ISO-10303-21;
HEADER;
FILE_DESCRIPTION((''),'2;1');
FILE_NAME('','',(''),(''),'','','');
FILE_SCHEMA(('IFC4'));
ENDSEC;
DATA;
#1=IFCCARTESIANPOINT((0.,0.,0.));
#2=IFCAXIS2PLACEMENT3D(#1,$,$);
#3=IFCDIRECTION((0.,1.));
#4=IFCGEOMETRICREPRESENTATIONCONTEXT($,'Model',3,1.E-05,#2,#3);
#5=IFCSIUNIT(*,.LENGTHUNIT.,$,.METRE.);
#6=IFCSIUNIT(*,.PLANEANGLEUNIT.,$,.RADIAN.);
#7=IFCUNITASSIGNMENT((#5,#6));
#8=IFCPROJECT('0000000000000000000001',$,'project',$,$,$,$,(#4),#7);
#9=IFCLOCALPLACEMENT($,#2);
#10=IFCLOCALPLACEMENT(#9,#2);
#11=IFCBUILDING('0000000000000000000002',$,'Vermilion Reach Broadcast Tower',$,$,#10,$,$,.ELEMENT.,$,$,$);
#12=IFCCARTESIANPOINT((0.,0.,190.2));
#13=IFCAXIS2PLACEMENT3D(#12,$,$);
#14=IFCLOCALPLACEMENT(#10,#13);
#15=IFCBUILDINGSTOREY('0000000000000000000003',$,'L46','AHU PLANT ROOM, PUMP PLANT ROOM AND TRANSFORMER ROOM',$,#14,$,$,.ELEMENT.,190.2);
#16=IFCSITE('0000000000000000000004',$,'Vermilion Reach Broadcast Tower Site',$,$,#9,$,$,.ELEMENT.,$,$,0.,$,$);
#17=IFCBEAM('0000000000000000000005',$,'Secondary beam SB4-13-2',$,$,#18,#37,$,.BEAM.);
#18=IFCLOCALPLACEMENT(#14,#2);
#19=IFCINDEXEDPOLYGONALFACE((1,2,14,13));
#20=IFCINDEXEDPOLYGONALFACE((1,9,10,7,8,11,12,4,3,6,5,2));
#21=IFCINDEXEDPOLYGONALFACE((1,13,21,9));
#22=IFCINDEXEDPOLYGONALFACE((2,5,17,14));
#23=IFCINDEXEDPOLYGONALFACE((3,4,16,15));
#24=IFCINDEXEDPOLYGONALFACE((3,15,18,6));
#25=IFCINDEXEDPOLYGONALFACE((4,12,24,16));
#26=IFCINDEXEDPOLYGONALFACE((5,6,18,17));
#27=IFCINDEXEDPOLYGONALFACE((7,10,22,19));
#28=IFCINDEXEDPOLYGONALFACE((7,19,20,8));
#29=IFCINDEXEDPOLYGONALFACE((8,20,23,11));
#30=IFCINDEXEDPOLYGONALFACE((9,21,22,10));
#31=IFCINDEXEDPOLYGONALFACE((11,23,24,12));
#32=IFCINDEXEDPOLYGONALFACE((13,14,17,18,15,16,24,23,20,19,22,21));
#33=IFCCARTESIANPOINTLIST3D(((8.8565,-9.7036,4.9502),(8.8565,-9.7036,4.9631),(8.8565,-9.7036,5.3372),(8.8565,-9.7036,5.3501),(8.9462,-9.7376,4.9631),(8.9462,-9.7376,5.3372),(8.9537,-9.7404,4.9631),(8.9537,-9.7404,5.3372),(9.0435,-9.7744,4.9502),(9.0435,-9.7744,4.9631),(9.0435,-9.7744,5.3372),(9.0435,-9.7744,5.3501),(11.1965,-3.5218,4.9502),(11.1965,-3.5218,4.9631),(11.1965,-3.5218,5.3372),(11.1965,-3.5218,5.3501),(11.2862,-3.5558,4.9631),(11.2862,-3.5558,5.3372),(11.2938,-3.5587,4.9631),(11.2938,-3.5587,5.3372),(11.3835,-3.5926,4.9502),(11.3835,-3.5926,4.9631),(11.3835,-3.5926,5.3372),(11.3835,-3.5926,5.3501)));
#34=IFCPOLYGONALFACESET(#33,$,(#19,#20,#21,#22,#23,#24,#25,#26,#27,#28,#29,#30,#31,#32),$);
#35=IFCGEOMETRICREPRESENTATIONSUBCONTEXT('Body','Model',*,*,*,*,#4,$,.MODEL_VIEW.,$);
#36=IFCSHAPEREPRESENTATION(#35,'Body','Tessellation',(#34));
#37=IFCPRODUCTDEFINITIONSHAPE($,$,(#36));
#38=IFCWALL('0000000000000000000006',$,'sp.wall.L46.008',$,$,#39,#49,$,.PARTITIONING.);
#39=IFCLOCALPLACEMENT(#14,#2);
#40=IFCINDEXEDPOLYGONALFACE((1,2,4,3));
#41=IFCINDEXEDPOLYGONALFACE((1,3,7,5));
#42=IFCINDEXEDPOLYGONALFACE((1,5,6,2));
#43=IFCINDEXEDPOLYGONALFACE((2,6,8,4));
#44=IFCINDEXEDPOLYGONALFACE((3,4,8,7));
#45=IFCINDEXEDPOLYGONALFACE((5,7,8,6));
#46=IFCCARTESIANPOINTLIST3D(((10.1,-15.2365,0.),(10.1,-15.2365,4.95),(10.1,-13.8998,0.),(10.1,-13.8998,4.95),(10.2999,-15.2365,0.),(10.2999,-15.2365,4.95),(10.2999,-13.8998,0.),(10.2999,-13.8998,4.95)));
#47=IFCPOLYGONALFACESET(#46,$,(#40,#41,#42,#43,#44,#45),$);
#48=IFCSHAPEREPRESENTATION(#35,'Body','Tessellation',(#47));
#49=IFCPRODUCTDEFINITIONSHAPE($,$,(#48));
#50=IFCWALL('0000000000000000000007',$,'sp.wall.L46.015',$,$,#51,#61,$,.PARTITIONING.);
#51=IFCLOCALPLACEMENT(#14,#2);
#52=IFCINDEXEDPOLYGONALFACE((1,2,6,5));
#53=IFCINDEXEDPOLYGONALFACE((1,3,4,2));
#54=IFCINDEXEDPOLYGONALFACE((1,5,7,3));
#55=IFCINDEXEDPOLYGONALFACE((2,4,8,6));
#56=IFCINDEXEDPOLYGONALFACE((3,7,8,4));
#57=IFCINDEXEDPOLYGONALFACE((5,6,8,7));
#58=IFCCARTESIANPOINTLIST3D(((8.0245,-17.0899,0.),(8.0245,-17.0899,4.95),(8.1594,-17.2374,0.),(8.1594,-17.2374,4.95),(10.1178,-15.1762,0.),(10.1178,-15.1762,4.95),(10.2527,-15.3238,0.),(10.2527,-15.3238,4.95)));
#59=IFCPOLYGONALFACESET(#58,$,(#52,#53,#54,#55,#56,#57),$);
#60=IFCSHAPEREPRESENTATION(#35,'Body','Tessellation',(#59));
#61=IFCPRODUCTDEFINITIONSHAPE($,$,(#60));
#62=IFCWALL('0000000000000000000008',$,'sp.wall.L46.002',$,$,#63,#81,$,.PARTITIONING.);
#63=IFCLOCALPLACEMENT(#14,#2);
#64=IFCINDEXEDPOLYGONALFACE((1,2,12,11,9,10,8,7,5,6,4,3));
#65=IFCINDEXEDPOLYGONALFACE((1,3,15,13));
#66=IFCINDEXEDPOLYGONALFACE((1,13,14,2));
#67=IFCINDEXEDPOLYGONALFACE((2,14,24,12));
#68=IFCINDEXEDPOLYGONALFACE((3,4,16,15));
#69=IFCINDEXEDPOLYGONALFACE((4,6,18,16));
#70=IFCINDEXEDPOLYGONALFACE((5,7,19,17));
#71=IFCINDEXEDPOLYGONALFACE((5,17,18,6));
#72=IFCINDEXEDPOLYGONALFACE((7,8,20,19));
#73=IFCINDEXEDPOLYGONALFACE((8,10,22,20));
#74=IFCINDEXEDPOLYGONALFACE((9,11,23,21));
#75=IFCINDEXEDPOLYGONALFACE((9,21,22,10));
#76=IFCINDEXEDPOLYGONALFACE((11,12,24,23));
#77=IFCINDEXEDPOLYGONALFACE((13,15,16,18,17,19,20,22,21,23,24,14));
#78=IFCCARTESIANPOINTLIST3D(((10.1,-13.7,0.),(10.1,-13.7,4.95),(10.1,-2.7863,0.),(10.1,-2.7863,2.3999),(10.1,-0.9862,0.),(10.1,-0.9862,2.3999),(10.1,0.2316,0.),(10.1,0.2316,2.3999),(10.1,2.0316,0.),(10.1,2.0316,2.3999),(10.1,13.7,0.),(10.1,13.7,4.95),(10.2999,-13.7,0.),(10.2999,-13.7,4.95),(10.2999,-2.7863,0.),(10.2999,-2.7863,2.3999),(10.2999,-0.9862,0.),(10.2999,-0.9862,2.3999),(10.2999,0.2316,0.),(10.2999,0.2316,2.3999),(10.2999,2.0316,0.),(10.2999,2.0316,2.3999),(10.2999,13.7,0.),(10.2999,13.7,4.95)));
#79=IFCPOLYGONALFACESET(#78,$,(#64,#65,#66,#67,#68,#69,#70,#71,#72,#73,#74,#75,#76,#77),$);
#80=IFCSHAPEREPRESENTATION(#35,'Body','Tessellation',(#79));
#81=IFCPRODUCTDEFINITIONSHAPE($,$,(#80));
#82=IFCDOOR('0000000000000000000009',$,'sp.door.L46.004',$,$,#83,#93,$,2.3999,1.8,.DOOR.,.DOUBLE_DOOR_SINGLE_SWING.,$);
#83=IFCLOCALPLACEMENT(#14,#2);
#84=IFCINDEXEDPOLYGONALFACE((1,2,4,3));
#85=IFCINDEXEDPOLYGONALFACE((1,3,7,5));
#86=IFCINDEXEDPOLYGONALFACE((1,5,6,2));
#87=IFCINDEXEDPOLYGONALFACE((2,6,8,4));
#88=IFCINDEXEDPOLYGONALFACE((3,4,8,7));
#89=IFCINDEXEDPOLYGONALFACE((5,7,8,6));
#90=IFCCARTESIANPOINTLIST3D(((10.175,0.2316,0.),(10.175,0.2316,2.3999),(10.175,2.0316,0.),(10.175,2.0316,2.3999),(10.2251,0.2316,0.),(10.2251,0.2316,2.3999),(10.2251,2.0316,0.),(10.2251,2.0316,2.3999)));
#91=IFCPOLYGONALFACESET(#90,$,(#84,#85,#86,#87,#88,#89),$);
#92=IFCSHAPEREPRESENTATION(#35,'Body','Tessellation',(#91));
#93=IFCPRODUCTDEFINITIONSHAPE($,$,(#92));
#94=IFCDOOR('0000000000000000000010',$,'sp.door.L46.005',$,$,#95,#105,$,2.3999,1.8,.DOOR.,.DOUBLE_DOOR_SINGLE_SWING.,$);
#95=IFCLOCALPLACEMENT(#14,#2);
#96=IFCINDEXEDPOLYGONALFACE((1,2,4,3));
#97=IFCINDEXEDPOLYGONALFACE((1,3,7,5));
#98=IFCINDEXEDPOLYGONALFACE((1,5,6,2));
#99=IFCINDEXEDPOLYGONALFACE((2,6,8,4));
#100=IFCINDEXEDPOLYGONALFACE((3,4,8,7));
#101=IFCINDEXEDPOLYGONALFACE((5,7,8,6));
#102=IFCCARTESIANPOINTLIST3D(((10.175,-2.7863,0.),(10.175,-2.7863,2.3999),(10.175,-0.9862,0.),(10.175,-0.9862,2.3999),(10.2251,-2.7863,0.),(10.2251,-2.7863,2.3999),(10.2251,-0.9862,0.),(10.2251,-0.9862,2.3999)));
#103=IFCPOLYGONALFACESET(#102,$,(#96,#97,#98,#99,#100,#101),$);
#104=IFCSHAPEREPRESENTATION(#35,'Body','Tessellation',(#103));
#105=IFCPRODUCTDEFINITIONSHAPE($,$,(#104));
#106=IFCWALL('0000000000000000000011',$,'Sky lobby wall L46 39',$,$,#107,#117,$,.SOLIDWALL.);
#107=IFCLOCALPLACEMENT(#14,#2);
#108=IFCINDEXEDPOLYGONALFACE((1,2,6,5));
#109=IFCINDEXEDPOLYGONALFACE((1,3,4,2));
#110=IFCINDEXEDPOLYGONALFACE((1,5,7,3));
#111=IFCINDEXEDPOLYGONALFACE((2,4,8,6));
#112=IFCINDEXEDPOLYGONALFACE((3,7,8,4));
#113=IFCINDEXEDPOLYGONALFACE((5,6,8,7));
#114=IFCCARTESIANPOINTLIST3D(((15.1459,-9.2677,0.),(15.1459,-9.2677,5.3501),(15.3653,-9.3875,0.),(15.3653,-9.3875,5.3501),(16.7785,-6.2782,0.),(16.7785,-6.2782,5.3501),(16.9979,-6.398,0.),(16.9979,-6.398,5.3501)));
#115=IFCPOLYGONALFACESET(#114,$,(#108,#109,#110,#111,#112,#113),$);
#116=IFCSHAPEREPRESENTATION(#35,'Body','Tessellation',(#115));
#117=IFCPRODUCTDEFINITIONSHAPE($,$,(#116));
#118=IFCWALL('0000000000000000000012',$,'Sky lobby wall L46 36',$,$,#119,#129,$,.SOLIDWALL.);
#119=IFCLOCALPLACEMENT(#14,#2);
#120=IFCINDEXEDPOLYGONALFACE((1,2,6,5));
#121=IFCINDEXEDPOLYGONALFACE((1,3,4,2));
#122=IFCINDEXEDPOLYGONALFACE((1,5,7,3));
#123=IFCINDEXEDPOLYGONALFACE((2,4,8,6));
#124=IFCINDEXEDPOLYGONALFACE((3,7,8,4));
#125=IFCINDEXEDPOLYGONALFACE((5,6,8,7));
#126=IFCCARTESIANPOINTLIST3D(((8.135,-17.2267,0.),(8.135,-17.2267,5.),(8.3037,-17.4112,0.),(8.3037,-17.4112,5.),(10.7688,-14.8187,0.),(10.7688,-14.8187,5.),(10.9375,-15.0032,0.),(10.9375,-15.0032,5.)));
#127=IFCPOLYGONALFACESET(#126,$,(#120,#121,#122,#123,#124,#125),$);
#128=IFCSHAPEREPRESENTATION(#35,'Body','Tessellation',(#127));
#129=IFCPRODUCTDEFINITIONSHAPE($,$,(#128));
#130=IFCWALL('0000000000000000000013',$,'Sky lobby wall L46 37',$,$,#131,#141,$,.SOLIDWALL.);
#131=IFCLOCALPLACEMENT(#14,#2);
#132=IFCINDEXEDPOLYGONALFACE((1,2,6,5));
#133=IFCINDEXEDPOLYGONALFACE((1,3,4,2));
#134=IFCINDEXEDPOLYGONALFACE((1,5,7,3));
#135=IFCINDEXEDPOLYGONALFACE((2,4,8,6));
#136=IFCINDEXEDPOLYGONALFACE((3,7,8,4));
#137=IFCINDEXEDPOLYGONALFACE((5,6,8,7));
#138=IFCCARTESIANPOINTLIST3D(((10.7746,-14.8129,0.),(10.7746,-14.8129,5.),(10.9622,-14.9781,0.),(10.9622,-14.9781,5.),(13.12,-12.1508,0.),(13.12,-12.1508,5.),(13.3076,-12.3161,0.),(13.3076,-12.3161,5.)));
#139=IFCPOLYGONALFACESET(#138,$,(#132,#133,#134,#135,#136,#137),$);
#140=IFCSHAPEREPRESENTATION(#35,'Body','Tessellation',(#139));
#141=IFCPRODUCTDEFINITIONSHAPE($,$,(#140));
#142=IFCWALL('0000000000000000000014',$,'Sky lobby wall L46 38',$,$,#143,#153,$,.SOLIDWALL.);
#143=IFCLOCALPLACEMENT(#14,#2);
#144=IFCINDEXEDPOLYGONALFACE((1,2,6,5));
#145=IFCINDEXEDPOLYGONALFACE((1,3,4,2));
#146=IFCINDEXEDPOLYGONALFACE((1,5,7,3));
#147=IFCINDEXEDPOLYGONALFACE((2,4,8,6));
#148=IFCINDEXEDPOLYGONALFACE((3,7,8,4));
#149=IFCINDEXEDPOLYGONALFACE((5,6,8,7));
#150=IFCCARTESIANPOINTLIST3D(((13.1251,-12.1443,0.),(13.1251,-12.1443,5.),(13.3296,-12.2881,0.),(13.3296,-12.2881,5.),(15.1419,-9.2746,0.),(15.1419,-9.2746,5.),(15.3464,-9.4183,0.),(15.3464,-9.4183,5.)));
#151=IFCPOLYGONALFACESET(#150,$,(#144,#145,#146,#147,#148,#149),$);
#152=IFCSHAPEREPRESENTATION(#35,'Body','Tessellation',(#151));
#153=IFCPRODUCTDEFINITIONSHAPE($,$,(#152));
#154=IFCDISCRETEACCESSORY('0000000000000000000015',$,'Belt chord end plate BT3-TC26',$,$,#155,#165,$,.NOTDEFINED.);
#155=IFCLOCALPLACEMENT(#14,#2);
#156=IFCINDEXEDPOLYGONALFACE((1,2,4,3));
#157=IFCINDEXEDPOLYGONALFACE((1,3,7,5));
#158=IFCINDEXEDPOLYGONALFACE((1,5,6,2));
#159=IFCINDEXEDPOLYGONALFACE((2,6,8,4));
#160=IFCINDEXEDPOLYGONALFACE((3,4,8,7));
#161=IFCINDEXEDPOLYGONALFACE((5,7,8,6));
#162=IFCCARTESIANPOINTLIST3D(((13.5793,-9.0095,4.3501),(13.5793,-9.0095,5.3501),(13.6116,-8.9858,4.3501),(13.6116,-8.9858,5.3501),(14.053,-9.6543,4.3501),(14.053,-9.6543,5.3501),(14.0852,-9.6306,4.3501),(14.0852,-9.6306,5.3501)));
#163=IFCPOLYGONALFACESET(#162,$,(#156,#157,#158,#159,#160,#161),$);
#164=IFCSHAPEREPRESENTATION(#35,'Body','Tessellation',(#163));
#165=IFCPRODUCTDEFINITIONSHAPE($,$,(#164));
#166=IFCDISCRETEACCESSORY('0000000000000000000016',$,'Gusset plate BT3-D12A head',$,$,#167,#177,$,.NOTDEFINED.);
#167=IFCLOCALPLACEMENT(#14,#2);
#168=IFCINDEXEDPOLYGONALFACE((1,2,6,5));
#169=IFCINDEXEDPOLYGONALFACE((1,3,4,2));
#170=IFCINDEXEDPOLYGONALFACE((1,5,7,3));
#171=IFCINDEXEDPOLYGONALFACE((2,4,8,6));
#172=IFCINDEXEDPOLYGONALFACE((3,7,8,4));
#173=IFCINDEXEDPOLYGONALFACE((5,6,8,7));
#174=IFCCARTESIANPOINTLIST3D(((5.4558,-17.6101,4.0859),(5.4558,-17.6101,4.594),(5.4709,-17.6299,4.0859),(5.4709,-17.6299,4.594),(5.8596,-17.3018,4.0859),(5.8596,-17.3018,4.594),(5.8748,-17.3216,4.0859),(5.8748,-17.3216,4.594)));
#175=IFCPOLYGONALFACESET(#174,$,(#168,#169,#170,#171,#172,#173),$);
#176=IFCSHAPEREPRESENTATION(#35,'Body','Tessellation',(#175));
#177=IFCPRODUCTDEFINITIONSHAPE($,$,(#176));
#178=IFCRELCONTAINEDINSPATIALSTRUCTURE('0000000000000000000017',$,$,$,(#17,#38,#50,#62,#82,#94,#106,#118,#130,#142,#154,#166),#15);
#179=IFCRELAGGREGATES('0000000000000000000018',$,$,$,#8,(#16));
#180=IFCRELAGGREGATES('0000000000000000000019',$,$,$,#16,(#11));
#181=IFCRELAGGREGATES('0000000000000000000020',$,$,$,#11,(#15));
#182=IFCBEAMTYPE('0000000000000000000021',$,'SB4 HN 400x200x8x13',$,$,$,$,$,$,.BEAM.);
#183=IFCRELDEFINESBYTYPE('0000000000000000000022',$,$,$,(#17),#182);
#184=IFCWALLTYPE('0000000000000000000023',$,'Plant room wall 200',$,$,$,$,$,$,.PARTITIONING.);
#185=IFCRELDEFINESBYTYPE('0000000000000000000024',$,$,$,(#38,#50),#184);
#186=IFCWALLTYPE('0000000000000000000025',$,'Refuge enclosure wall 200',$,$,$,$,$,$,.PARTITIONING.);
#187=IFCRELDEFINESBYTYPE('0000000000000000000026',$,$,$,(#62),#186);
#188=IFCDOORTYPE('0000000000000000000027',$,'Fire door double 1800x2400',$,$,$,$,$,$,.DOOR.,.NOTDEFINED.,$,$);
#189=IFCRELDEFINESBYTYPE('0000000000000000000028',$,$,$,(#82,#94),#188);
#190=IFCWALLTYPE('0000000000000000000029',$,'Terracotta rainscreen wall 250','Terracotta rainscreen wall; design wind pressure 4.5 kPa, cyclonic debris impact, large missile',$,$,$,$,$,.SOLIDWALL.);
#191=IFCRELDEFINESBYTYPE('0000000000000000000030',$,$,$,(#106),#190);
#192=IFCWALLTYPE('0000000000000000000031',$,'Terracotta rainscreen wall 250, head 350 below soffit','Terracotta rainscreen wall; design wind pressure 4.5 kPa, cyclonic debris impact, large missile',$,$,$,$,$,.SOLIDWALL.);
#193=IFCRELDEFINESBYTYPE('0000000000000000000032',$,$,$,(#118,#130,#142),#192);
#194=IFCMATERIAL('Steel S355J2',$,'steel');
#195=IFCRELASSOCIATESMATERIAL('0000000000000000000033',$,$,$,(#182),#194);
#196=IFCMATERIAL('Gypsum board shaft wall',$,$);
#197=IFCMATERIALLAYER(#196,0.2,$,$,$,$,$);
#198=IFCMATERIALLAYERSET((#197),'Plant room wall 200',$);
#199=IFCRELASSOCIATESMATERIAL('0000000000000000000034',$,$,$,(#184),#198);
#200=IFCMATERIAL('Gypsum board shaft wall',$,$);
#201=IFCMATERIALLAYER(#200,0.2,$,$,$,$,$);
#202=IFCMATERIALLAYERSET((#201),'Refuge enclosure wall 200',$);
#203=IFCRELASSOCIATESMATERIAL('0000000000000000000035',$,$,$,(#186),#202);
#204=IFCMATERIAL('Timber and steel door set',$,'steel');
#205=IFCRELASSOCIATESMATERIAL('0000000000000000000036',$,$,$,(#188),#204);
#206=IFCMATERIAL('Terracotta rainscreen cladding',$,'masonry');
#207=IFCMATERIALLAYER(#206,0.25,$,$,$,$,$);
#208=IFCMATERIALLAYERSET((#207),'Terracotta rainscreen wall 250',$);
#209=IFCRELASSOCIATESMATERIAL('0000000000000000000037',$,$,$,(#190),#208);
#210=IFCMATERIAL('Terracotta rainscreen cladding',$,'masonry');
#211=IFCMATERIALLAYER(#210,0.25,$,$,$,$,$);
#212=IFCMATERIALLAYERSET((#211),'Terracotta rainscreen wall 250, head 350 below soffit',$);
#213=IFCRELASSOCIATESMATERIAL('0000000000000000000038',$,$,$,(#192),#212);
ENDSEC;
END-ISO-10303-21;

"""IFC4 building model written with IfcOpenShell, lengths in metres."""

from ifc_helpers import new_model, si_unit, direction, frame, frame_2d, origin, origin_2d, place, context, subcontext, project, spatial, rectangle, i_section, extrude, material, layer, layer_set, material_profile, profile_set, type_object, element, fill, save


model = new_model("IFC4")

# Units and contexts
model_context = context("Model", 3, precision=1e-05, world=origin(), true_north=direction((0.0, 1.0)))
body_context = subcontext(model_context, "Body", "Model", "MODEL_VIEW")
ifc_project = project(units=[si_unit("LENGTHUNIT", "METRE"), si_unit("PLANEANGLEUNIT", "RADIAN")], contexts=[model_context])

# Site, building, storey
site_placement = place(None, origin())
site = spatial("IfcSite", under=ifc_project, at=site_placement, Name="Vermilion Reach Broadcast Tower Site", CompositionType="ELEMENT", RefElevation=0.0)
building_placement = place(site_placement, origin())
building = spatial("IfcBuilding", under=site, at=building_placement, Name="Vermilion Reach Broadcast Tower", CompositionType="ELEMENT")
storey_placement = place(building_placement, frame((0.0, 0.0, 190.2)))
storey = spatial("IfcBuildingStorey", under=building, at=storey_placement, Name="L46", Description="AHU PLANT ROOM, PUMP PLANT ROOM AND TRANSFORMER ROOM", CompositionType="ELEMENT", Elevation=190.2)

# Beam
ifc_material_1 = material(Name="Steel S355J2", Category="steel")
ifc_material_profile_1 = material_profile(ifc_material_1, i_section(OverallWidth=0.2, OverallDepth=0.3999, WebThickness=0.0081, FlangeThickness=0.0129, at=origin_2d()), Name="S355J2 HN 400x200x8x13")
ifc_profile_set_1 = profile_set([ifc_material_profile_1], Name="Steel S355J2")
beam_type_1 = type_object("IfcBeamType", Name="SB4 HN 400x200x8x13", PredefinedType="BEAM", material=ifc_profile_set_1)
beam_1_placement = place(storey_placement, frame((8.95, -9.739, 5.1501), z_axis=(0.354024, 0.935236, 0.0), x_axis=(-0.935236, 0.354024, 0.0)))
element("IfcBeam", 1, at=beam_1_placement, inside=storey, type_object=beam_type_1, Name="Secondary beam SB4-13-2", PredefinedType="BEAM", context=body_context, shape_type="SweptSolid", body=[
    extrude(i_section(OverallWidth=0.2, OverallDepth=0.3999, WebThickness=0.0081, FlangeThickness=0.0129, at=origin_2d()), origin(), (0.0, 0.0, 1.0), 6.6099),
])

# Walls
ifc_material_2 = material(Name="Gypsum board shaft wall")
ifc_layer_1 = layer(ifc_material_2, 0.2)
ifc_layer_set_1 = layer_set([ifc_layer_1], Name="Plant room wall 200")
wall_type_1 = type_object("IfcWallType", Name="Plant room wall 200", PredefinedType="PARTITIONING", material=ifc_layer_set_1)
wall_1_placement = place(storey_placement, frame((10.2, -15.2366, 0.0), z_axis=(0.0, 0.0, 1.0), x_axis=(0.0, 1.0, 0.0)))
element("IfcWall", 2, at=wall_1_placement, inside=storey, type_object=wall_type_1, Name="sp.wall.L46.008", PredefinedType="PARTITIONING", context=body_context, shape_type="SweptSolid", body=[
    extrude(rectangle(XDim=1.3367, YDim=0.2, at=frame_2d((0.6685, 0.0))), origin(), (0.0, 0.0, 1.0), 4.95),
])
wall_2_placement = place(storey_placement, frame((8.092, -17.1636, 0.0), z_axis=(0.0, 0.0, 1.0), x_axis=(0.738075, 0.674718, 0.0)))
element("IfcWall", 3, at=wall_2_placement, inside=storey, type_object=wall_type_1, Name="sp.wall.L46.015", PredefinedType="PARTITIONING", context=body_context, shape_type="SweptSolid", body=[
    extrude(rectangle(XDim=2.8362, YDim=0.2, at=frame_2d((1.418, 0.0))), origin(), (0.0, 0.0, 1.0), 4.95),
])

# Wall, openings, doors
ifc_material_3 = material(Name="Gypsum board shaft wall")
ifc_layer_2 = layer(ifc_material_3, 0.2)
ifc_layer_set_2 = layer_set([ifc_layer_2], Name="Refuge enclosure wall 200")
wall_type_2 = type_object("IfcWallType", Name="Refuge enclosure wall 200", PredefinedType="PARTITIONING", material=ifc_layer_set_2)
wall_3_placement = place(storey_placement, frame((10.2, -13.7, 0.0), z_axis=(0.0, 0.0, 1.0), x_axis=(0.0, 1.0, 0.0)))
wall_3 = element("IfcWall", 4, at=wall_3_placement, inside=storey, type_object=wall_type_2, Name="sp.wall.L46.002", PredefinedType="PARTITIONING", context=body_context, shape_type="SweptSolid", body=[
    extrude(rectangle(XDim=27.3999, YDim=0.2, at=frame_2d((13.7, 0.0))), origin(), (0.0, 0.0, 1.0), 4.95),
])
opening_1_placement = place(wall_3_placement, frame((13.9316, 0.0, 0.0)))
opening_1 = element("IfcOpeningElement", 5, at=opening_1_placement, cuts=wall_3, PredefinedType="OPENING", context=body_context, shape_type="SweptSolid", body=[
    extrude(rectangle(XDim=1.8, YDim=2.3999, at=frame_2d((0.8999, 1.2))), frame((0.0, 0.1099, 0.0), z_axis=(0.0, -1.0, 0.0), x_axis=(1.0, 0.0, 0.0)), (0.0, 0.0, 1.0), 0.22),
])
opening_2_placement = place(wall_3_placement, frame((10.9138, 0.0, 0.0)))
opening_2 = element("IfcOpeningElement", 6, at=opening_2_placement, cuts=wall_3, PredefinedType="OPENING", context=body_context, shape_type="SweptSolid", body=[
    extrude(rectangle(XDim=1.8, YDim=2.3999, at=frame_2d((0.8999, 1.2))), frame((0.0, 0.1099, 0.0), z_axis=(0.0, -1.0, 0.0), x_axis=(1.0, 0.0, 0.0)), (0.0, 0.0, 1.0), 0.22),
])
ifc_material_4 = material(Name="Timber and steel door set", Category="steel")
door_type = type_object("IfcDoorType", Name="Fire door double 1800x2400", OperationType="NOTDEFINED", PredefinedType="DOOR", material=ifc_material_4)
door_1_placement = place(opening_1_placement, origin())
door_1 = element("IfcDoor", 7, at=door_1_placement, inside=storey, type_object=door_type, Name="sp.door.L46.004", OperationType="DOUBLE_DOOR_SINGLE_SWING", OverallHeight=2.3999, OverallWidth=1.8, PredefinedType="DOOR", context=body_context, shape_type="SweptSolid", body=[
    extrude(rectangle(XDim=1.8, YDim=2.3999, at=frame_2d((0.8999, 1.2))), frame((0.0, 0.0249, 0.0), z_axis=(0.0, -1.0, 0.0), x_axis=(1.0, 0.0, 0.0)), (0.0, 0.0, 1.0), 0.05),
])
fill(opening_1, door_1)
door_2_placement = place(opening_2_placement, origin())
door_2 = element("IfcDoor", 8, at=door_2_placement, inside=storey, type_object=door_type, Name="sp.door.L46.005", OperationType="DOUBLE_DOOR_SINGLE_SWING", OverallHeight=2.3999, OverallWidth=1.8, PredefinedType="DOOR", context=body_context, shape_type="SweptSolid", body=[
    extrude(rectangle(XDim=1.8, YDim=2.3999, at=frame_2d((0.8999, 1.2))), frame((0.0, 0.0249, 0.0), z_axis=(0.0, -1.0, 0.0), x_axis=(1.0, 0.0, 0.0)), (0.0, 0.0, 1.0), 0.05),
])
fill(opening_2, door_2)

# Walls
ifc_material_5 = material(Name="Terracotta rainscreen cladding", Category="masonry")
ifc_layer_3 = layer(ifc_material_5, 0.25)
ifc_layer_set_3 = layer_set([ifc_layer_3], Name="Terracotta rainscreen wall 250")
wall_type_3 = type_object("IfcWallType", Name="Terracotta rainscreen wall 250", Description="Terracotta rainscreen wall; design wind pressure 4.5 kPa, cyclonic debris impact, large missile", PredefinedType="SOLIDWALL", material=ifc_layer_set_3)
wall_4_placement = place(storey_placement, frame((15.2556, -9.3276, 0.0), z_axis=(0.0, 0.0, 1.0), x_axis=(0.479289, 0.877657, 0.0)))
element("IfcWall", 9, at=wall_4_placement, inside=storey, type_object=wall_type_3, Name="Sky lobby wall L46 39", PredefinedType="SOLIDWALL", context=body_context, shape_type="SweptSolid", body=[
    extrude(rectangle(XDim=3.4062, YDim=0.25, at=frame_2d((1.7031, 0.0))), origin(), (0.0, 0.0, 1.0), 5.3501),
])
ifc_material_6 = material(Name="Terracotta rainscreen cladding", Category="masonry")
ifc_layer_4 = layer(ifc_material_6, 0.25)
ifc_layer_set_4 = layer_set([ifc_layer_4], Name="Terracotta rainscreen wall 250, head 350 below soffit")
wall_type_4 = type_object("IfcWallType", Name="Terracotta rainscreen wall 250, head 350 below soffit", Description="Terracotta rainscreen wall; design wind pressure 4.5 kPa, cyclonic debris impact, large missile", PredefinedType="SOLIDWALL", material=ifc_layer_set_4)
wall_5_placement = place(storey_placement, frame((8.2195, -17.3188, 0.0), z_axis=(0.0, 0.0, 1.0), x_axis=(0.73804, 0.674757, 0.0)))
element("IfcWall", 10, at=wall_5_placement, inside=storey, type_object=wall_type_4, Name="Sky lobby wall L46 36", PredefinedType="SOLIDWALL", context=body_context, shape_type="SweptSolid", body=[
    extrude(rectangle(XDim=3.5686, YDim=0.25, at=frame_2d((1.7842, 0.0))), origin(), (0.0, 0.0, 1.0), 5.0),
])
wall_6_placement = place(storey_placement, frame((10.8684, -14.8955, 0.0), z_axis=(0.0, 0.0, 1.0), x_axis=(0.661073, 0.750322, 0.0)))
element("IfcWall", 11, at=wall_6_placement, inside=storey, type_object=wall_type_4, Name="Sky lobby wall L46 37", PredefinedType="SOLIDWALL", context=body_context, shape_type="SweptSolid", body=[
    extrude(rectangle(XDim=3.5479, YDim=0.25, at=frame_2d((1.7739, 0.0))), origin(), (0.0, 0.0, 1.0), 5.0),
])
wall_7_placement = place(storey_placement, frame((13.2273, -12.2163, 0.0), z_axis=(0.0, 0.0, 1.0), x_axis=(0.57498, 0.818168, 0.0)))
element("IfcWall", 12, at=wall_7_placement, inside=storey, type_object=wall_type_4, Name="Sky lobby wall L46 38", PredefinedType="SOLIDWALL", context=body_context, shape_type="SweptSolid", body=[
    extrude(rectangle(XDim=3.5076, YDim=0.25, at=frame_2d((1.7539, 0.0))), origin(), (0.0, 0.0, 1.0), 5.0),
])

# Discrete accessories
discrete_accessory_1_placement = place(storey_placement, frame((13.8323, -9.3201, 4.3501), z_axis=(0.0, 0.0, 1.0), x_axis=(0.805937, 0.592001, 0.0)))
element("IfcDiscreteAccessory", 13, at=discrete_accessory_1_placement, inside=storey, Name="Belt chord end plate BT3-TC26", PredefinedType="NOTDEFINED", context=body_context, shape_type="SweptSolid", body=[
    extrude(rectangle(XDim=0.04, YDim=0.8, at=origin_2d()), origin(), (0.0, 0.0, 1.0), 1.0),
])
for number, where, z_axis, x_axis, name in (
    (14, (5.6653, -17.4658, 4.0859), (0.0, 0.0, 1.0), (-0.606799, 0.794856, 0.0), "Gusset plate BT3-D12A head"),
):
    element("IfcDiscreteAccessory", number, at=place(storey_placement, frame(where, z_axis=z_axis, x_axis=x_axis)), inside=storey, Name=name, PredefinedType="NOTDEFINED", context=body_context, shape_type="SweptSolid", body=[
        extrude(rectangle(XDim=0.0249, YDim=0.5081, at=origin_2d()), origin(), (0.0, 0.0, 1.0), 0.5081),
    ])

save(model, "model.ifc")
